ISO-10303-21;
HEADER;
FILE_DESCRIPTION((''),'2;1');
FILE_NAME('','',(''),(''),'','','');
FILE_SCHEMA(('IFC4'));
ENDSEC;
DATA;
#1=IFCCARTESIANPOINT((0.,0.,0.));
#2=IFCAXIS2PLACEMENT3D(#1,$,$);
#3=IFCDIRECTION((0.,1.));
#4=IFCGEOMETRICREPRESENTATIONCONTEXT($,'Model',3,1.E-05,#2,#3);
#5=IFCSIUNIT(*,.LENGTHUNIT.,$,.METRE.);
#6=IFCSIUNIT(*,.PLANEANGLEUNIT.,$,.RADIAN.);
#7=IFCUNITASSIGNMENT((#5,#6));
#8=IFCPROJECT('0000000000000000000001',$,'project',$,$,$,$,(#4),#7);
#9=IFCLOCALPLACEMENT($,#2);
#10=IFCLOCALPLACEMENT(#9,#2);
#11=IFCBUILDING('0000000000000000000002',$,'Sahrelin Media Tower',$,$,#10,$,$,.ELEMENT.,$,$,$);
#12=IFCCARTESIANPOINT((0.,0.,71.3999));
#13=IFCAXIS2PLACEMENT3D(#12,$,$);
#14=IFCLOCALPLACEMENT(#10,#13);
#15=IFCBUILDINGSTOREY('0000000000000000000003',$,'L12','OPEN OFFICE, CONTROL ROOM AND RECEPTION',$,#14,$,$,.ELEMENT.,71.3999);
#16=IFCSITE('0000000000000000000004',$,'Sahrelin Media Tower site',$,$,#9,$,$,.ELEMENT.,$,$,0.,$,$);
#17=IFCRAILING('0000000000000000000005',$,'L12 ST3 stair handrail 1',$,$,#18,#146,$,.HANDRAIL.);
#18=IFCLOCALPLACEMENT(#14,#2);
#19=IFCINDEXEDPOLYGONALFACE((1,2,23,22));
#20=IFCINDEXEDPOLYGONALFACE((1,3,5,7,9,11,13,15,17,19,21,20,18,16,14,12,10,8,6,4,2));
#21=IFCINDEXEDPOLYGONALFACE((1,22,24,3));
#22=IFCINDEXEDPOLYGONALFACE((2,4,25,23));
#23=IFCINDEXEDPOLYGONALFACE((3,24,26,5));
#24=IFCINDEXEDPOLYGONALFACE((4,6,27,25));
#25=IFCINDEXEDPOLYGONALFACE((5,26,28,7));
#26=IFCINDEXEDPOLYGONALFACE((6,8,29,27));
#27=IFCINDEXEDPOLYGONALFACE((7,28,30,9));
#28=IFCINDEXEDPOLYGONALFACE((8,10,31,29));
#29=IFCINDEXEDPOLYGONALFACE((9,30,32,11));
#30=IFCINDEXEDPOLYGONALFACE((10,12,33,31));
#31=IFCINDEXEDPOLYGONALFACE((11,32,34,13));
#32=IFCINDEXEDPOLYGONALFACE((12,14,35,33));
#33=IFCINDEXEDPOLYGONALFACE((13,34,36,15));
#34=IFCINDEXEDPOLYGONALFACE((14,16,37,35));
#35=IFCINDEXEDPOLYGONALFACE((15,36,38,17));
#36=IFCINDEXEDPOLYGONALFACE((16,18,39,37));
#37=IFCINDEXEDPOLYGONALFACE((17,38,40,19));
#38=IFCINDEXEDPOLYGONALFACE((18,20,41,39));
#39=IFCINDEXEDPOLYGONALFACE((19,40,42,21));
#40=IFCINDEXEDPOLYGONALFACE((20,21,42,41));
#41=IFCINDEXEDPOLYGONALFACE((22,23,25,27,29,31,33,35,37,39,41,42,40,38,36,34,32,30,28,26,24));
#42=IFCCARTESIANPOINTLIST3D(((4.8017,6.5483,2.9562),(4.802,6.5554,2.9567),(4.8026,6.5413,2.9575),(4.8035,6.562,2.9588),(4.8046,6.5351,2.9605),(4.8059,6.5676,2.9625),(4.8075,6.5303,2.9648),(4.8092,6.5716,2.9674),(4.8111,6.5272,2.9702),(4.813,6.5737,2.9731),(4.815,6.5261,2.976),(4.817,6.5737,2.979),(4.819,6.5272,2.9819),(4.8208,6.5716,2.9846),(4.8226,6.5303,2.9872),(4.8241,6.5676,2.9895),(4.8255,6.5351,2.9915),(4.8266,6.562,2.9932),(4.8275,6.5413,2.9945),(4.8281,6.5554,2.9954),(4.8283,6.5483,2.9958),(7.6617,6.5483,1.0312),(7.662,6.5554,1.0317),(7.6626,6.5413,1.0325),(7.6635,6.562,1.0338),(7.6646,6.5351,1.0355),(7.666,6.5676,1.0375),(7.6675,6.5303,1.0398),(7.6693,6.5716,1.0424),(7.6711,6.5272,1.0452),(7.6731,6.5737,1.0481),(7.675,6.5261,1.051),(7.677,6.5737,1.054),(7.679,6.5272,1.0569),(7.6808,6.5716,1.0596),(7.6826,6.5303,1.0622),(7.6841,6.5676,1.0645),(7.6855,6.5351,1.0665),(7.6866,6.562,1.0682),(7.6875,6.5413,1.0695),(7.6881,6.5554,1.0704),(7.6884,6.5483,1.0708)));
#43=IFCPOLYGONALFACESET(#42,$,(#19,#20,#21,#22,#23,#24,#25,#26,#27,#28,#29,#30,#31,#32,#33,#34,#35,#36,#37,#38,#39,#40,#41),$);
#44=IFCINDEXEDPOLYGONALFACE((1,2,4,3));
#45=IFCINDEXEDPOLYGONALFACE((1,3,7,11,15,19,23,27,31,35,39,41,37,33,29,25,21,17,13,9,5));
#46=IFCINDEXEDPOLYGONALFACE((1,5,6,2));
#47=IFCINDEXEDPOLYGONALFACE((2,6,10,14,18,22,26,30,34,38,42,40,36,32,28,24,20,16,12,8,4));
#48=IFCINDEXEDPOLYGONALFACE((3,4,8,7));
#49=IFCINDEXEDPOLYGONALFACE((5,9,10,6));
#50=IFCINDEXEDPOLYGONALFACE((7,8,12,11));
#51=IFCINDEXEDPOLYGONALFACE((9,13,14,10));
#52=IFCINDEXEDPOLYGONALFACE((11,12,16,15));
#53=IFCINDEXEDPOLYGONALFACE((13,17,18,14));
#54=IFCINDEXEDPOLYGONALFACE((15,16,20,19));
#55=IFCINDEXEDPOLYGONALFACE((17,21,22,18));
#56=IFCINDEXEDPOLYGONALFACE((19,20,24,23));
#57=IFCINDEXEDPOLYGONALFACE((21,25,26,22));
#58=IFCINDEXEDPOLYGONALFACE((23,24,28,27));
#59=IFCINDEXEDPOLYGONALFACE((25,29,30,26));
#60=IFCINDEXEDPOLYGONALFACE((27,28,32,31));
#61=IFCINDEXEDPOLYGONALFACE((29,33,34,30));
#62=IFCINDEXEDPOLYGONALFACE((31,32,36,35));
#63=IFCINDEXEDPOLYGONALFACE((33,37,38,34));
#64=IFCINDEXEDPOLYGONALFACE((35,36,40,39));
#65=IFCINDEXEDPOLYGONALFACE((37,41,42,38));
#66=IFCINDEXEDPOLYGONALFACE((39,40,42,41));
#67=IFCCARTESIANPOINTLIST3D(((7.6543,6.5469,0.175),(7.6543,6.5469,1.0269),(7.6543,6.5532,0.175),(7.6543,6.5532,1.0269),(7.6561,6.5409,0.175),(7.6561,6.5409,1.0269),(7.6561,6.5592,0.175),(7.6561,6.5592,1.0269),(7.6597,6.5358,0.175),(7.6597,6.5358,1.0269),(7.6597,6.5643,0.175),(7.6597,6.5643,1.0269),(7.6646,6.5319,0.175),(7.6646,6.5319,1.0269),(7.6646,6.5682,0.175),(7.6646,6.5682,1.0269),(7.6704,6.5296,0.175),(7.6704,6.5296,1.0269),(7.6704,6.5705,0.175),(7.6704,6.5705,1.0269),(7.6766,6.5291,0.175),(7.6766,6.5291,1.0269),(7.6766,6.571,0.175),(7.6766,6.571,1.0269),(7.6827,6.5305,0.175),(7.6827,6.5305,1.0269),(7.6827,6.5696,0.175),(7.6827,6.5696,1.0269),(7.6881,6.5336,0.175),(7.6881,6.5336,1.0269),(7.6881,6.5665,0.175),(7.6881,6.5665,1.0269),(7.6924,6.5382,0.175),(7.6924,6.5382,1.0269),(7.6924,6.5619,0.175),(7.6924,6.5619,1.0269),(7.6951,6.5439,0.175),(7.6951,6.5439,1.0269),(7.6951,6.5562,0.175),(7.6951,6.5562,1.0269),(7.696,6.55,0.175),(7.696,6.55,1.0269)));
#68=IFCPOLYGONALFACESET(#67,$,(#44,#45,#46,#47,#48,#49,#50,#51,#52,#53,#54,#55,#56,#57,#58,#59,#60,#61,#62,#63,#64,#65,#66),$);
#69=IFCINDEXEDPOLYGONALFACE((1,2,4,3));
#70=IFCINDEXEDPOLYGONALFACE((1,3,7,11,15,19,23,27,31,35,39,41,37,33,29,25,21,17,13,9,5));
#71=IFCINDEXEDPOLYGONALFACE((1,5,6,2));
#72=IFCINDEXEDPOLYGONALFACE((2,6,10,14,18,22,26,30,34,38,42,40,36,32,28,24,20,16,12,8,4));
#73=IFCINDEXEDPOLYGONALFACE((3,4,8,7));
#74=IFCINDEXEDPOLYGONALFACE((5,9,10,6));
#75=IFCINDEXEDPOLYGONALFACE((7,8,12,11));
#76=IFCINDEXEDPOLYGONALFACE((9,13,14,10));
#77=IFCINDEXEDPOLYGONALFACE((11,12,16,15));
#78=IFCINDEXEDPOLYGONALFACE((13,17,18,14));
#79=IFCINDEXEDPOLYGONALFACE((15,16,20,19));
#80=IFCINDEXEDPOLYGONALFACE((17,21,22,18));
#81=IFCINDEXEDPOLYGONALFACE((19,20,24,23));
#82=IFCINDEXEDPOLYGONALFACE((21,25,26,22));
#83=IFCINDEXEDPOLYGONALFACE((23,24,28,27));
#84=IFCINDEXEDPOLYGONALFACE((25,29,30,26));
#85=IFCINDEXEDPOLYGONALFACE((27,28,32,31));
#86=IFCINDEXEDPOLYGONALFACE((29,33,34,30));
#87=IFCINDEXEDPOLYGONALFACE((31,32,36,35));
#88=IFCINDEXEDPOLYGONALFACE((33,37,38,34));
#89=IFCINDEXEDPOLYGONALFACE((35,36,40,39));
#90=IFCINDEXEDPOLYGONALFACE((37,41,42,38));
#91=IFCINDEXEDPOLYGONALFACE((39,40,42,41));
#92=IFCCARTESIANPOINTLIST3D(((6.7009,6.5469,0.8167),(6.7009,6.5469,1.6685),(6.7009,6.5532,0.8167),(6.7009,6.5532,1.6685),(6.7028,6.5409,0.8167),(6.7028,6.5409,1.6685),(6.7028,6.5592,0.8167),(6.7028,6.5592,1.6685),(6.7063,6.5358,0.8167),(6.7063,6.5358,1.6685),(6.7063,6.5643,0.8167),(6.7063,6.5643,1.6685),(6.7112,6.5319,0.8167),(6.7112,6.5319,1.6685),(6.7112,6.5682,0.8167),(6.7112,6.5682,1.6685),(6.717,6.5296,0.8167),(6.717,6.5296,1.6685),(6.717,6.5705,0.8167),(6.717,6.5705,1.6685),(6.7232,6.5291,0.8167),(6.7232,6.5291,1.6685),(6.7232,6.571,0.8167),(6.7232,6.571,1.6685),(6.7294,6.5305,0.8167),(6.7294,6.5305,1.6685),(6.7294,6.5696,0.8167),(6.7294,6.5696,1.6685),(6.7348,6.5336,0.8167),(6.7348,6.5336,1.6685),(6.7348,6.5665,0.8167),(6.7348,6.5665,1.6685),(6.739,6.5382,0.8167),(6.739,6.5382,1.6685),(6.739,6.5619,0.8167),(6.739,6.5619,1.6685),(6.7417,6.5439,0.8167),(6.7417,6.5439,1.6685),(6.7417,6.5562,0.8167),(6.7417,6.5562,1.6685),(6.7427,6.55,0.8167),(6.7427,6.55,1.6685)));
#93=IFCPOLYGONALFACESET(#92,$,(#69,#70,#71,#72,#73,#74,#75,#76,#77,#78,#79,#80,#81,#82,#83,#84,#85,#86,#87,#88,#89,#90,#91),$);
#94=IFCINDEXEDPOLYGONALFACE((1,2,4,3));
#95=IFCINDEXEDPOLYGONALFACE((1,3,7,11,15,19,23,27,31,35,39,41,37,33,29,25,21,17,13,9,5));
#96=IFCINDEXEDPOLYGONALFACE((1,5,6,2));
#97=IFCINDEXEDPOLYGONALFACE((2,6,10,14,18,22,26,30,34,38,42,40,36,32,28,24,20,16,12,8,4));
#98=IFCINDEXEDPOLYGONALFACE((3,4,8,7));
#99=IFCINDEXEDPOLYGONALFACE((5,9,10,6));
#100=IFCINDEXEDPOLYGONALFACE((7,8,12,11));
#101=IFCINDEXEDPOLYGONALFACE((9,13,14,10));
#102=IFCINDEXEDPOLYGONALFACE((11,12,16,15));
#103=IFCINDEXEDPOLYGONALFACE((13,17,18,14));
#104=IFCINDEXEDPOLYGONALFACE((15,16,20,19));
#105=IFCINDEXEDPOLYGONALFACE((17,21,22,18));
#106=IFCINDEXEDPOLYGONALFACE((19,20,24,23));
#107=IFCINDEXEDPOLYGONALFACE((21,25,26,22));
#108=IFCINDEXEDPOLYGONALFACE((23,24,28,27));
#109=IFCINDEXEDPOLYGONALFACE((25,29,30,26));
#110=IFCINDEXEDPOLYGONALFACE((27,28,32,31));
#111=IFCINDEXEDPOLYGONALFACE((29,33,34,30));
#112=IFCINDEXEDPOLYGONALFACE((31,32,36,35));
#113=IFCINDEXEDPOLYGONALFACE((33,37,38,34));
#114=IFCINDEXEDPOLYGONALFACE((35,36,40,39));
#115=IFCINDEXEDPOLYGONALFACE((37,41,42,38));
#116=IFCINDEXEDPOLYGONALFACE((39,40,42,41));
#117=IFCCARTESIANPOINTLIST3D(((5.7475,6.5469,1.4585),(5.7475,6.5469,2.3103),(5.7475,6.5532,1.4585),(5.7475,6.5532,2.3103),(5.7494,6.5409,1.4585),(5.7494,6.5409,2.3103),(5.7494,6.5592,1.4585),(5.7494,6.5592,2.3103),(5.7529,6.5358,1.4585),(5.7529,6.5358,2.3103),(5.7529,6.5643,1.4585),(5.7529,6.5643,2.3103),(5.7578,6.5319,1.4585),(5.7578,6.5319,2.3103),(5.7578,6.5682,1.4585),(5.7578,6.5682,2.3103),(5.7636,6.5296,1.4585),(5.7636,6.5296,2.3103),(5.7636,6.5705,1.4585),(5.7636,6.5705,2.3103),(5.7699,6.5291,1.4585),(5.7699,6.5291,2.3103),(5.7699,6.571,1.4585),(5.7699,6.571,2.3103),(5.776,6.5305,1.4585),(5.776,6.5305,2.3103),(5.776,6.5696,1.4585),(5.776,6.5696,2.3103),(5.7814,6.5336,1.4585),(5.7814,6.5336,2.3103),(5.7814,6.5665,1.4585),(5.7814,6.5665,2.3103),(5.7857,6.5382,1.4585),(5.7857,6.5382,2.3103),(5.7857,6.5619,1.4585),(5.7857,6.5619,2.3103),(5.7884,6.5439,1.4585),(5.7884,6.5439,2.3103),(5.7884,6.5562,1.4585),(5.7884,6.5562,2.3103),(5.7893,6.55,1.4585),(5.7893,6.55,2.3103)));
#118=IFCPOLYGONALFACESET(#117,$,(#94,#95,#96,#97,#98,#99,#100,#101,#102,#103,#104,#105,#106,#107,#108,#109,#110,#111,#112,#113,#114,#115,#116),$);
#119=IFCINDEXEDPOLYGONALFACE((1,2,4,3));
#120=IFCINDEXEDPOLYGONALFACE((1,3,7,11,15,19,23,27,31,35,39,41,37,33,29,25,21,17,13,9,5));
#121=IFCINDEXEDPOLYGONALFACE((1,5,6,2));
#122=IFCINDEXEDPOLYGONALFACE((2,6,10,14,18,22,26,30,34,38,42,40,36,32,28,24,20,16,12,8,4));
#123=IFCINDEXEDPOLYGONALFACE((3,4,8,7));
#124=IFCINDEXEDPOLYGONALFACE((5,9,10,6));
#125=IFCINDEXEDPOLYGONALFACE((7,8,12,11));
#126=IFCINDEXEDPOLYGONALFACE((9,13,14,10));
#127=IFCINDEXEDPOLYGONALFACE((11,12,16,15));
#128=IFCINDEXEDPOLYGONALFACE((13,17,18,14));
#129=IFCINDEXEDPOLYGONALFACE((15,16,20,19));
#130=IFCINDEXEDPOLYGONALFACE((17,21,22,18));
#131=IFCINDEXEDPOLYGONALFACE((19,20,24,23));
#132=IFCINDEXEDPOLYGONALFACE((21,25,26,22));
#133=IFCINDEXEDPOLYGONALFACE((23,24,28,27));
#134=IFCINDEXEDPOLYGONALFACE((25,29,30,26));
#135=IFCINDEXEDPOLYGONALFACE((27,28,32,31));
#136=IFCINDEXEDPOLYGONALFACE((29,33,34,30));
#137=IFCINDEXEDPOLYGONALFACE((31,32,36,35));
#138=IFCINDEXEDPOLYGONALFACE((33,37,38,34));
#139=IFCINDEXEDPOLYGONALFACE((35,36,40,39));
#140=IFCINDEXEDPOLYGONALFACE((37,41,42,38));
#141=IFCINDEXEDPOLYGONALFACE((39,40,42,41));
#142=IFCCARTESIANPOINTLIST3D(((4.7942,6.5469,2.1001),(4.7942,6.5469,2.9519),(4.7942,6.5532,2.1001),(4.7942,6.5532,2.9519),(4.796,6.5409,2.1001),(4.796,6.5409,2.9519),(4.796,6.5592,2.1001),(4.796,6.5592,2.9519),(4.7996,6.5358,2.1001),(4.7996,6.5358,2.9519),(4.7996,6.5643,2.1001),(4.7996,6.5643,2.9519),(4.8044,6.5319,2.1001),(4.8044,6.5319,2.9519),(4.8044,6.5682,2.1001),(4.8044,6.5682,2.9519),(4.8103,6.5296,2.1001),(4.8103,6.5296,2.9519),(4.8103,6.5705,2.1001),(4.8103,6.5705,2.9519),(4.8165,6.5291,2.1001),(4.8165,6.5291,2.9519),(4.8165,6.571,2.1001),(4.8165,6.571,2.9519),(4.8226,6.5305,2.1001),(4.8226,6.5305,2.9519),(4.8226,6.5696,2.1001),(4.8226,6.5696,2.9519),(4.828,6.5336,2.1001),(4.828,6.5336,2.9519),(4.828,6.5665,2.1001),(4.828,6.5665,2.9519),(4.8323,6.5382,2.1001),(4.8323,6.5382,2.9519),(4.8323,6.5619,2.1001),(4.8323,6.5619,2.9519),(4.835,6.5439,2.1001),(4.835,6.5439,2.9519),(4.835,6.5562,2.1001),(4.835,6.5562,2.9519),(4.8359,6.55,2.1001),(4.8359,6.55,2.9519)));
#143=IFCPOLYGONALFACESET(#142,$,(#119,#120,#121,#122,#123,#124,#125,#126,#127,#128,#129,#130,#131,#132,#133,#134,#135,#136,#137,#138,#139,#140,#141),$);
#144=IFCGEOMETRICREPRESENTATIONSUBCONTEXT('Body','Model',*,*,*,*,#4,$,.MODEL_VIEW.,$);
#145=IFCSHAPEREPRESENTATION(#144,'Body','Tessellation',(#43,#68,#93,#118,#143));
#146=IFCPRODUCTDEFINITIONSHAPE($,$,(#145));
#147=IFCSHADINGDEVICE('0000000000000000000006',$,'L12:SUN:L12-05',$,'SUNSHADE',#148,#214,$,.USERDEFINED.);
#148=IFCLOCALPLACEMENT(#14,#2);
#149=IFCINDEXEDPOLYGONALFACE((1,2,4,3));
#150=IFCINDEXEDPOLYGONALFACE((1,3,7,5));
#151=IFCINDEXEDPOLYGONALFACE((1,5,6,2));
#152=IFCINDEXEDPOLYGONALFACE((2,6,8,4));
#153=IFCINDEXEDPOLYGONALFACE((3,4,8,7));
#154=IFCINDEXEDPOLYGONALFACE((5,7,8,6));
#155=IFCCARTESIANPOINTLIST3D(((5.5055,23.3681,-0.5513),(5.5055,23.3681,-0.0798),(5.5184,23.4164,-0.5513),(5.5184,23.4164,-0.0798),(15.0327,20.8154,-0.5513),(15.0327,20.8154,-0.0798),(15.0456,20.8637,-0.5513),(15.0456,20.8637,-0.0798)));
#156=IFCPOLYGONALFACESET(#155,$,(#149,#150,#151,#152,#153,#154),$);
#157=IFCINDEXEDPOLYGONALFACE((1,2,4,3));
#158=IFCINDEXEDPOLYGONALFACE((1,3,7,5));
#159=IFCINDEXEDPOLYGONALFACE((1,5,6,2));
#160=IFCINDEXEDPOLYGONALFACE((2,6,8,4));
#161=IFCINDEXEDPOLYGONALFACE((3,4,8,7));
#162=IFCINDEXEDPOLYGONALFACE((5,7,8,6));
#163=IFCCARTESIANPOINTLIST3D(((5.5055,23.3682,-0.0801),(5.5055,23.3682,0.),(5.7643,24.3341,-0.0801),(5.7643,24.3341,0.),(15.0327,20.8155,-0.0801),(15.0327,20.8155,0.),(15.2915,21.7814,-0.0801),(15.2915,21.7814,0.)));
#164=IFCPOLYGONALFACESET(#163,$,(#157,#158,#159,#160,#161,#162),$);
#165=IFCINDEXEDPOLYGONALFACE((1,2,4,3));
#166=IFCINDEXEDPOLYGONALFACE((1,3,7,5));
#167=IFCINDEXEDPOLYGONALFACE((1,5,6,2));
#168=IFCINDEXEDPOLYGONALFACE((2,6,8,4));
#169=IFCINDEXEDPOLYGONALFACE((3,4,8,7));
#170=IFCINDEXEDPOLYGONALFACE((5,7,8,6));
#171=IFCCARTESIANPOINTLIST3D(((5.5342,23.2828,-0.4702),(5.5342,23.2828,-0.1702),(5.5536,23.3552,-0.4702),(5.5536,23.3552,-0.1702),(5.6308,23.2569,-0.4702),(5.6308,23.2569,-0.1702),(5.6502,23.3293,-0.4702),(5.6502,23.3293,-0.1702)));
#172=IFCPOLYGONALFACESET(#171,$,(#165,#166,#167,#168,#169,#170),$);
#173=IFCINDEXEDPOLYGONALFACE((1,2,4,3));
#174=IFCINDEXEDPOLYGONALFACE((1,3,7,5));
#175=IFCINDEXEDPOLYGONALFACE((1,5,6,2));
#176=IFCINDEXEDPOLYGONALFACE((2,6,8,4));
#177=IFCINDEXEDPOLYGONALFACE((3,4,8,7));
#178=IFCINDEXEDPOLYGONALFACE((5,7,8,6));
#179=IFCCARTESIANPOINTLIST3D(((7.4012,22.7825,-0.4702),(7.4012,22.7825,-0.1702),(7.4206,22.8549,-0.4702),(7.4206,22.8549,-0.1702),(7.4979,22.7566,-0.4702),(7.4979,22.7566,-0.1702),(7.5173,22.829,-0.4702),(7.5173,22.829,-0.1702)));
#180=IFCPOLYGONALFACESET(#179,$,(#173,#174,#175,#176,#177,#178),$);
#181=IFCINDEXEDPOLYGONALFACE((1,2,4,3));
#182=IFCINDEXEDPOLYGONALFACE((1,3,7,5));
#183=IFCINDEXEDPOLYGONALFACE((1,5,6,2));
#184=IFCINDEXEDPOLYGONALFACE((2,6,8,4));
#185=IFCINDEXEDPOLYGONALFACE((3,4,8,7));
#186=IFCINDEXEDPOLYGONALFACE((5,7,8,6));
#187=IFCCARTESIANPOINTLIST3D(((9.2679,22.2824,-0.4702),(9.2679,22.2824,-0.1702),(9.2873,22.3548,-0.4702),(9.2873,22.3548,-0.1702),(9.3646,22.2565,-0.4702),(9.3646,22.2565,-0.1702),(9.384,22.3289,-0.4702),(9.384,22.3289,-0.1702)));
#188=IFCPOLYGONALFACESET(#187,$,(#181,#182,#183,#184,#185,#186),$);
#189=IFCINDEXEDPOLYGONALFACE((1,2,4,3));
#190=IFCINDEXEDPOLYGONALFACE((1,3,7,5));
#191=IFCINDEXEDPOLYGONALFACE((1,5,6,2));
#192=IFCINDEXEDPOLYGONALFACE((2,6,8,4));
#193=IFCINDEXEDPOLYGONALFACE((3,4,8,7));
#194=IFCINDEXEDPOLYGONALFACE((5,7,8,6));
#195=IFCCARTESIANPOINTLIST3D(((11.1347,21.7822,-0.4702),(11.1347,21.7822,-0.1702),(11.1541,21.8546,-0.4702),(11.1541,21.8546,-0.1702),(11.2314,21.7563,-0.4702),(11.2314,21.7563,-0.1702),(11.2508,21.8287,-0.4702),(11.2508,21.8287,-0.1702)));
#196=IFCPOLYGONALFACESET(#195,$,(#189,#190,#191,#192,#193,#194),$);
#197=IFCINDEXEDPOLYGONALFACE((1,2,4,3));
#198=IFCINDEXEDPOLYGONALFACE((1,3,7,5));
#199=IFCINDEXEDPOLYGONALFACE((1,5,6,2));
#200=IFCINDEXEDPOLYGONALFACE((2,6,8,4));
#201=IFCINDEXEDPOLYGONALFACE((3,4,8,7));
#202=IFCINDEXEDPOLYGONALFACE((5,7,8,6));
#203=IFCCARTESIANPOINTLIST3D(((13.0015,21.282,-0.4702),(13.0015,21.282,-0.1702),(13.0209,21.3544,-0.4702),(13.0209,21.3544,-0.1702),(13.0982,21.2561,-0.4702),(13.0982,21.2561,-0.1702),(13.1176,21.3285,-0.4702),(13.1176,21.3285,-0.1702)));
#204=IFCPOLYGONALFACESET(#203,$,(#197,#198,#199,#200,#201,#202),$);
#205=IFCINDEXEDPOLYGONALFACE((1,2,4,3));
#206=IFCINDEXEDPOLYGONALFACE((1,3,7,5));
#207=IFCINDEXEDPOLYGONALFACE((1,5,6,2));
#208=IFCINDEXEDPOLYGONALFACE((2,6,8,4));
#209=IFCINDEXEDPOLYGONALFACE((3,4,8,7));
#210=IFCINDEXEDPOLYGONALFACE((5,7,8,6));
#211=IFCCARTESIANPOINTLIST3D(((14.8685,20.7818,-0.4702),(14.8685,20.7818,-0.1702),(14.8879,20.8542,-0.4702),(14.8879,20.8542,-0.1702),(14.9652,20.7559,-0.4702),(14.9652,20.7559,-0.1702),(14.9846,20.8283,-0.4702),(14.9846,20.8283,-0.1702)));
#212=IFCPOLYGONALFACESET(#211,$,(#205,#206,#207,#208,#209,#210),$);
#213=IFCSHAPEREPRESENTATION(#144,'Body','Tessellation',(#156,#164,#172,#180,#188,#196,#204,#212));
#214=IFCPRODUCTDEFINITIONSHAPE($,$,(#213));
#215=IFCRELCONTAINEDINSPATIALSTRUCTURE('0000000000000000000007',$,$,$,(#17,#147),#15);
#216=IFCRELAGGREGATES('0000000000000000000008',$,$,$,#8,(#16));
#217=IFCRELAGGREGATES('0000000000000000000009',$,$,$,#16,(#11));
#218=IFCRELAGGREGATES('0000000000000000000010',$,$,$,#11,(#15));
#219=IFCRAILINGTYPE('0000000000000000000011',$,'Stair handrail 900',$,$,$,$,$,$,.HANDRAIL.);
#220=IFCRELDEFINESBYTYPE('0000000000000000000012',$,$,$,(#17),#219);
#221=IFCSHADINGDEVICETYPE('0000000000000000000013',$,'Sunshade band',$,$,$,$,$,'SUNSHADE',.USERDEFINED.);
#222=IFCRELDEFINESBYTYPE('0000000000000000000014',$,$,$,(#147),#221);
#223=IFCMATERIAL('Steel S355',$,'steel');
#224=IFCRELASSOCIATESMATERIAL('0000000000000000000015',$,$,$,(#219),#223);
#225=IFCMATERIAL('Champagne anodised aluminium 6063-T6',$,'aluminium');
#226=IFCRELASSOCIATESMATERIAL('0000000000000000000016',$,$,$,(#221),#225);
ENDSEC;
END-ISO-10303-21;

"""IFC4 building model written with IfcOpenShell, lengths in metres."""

from ifc_helpers import new_model, si_unit, direction, frame, origin, origin_2d, place, context, subcontext, project, spatial, rectangle, circle, extrude, material, type_object, element, save


model = new_model("IFC4")

# Units and contexts
model_context = context("Model", 3, precision=1e-05, world=origin(), true_north=direction((0.0, 1.0)))
body_context = subcontext(model_context, "Body", "Model", "MODEL_VIEW")
ifc_project = project(units=[si_unit("LENGTHUNIT", "METRE"), si_unit("PLANEANGLEUNIT", "RADIAN")], contexts=[model_context])

# Site, building, storey
site_placement = place(None, origin())
site = spatial("IfcSite", under=ifc_project, at=site_placement, Name="Sahrelin Media Tower site", CompositionType="ELEMENT", RefElevation=0.0)
building_placement = place(site_placement, origin())
building = spatial("IfcBuilding", under=site, at=building_placement, Name="Sahrelin Media Tower", CompositionType="ELEMENT")
storey_placement = place(building_placement, frame((0.0, 0.0, 71.3999)))
storey = spatial("IfcBuildingStorey", under=building, at=storey_placement, Name="L12", Description="OPEN OFFICE, CONTROL ROOM AND RECEPTION", CompositionType="ELEMENT", Elevation=71.3999)

# Shared definitions
ifc_material_1 = material(Name="Steel S355", Category="steel")

# Shared definitions
ifc_material_2 = material(Name="Champagne anodised aluminium 6063-T6", Category="aluminium")

# Shared definitions
placement_1 = place(storey_placement, frame((10.2639, 22.0725, 0.0), z_axis=(0.0, 0.0, 1.0), x_axis=(0.965929, -0.258808, 0.0)))

# Railing
railing_type_1 = type_object("IfcRailingType", Name="Stair handrail 900", PredefinedType="HANDRAIL", material=ifc_material_1)
railing_1_placement = place(storey_placement, frame((7.675, 6.55, 0.175)))
element("IfcRailing", 1, at=railing_1_placement, inside=storey, type_object=railing_type_1, Name="L12 ST3 stair handrail 1", PredefinedType="HANDRAIL", context=body_context, shape_type="SweptSolid", body=[
    extrude(circle(Radius=0.0239, at=origin_2d()), frame((0.0, 0.0, 0.876), z_axis=(-0.829591, 0.0, 0.558372), x_axis=(0.0, -1.0, 0.0)), (0.0, 0.0, 1.0), 3.4475),
    extrude(circle(Radius=0.021, at=origin_2d()), origin(), (0.0, 0.0, 1.0), 0.8518),
    extrude(circle(Radius=0.021, at=origin_2d()), frame((-0.9534, 0.0, 0.6416)), (0.0, 0.0, 1.0), 0.8518),
    extrude(circle(Radius=0.021, at=origin_2d()), frame((-1.9067, 0.0, 1.2834)), (0.0, 0.0, 1.0), 0.8518),
    extrude(circle(Radius=0.021, at=origin_2d()), frame((-2.8601, 0.0, 1.925)), (0.0, 0.0, 1.0), 0.8518),
])

# Shading device
shading_device_type_1 = type_object("IfcShadingDeviceType", Name="Sunshade band", ElementType="SUNSHADE", PredefinedType="USERDEFINED", material=ifc_material_2)
element("IfcShadingDevice", 2, at=placement_1, inside=storey, type_object=shading_device_type_1, Name="L12:SUN:L12-05", ObjectType="SUNSHADE", PredefinedType="USERDEFINED", context=body_context, shape_type="SweptSolid", body=[
    extrude(rectangle(XDim=9.8633, YDim=0.05, at=origin_2d()), frame((0.0, 0.0449, -0.5513)), (0.0, 0.0, 1.0), 0.4714),
    extrude(rectangle(XDim=9.8633, YDim=1.0, at=origin_2d()), frame((0.0, 0.52, -0.0801)), (0.0, 0.0, 1.0), 0.0801),
    extrude(rectangle(XDim=0.1001, YDim=0.075, at=origin_2d()), frame((-4.8318, -0.0176, -0.4702)), (0.0, 0.0, 1.0), 0.3),
    extrude(rectangle(XDim=0.1001, YDim=0.075, at=origin_2d()), frame((-2.8989, -0.0176, -0.4702)), (0.0, 0.0, 1.0), 0.3),
    extrude(rectangle(XDim=0.1001, YDim=0.075, at=origin_2d()), frame((-0.9663, -0.0176, -0.4702)), (0.0, 0.0, 1.0), 0.3),
    extrude(rectangle(XDim=0.1001, YDim=0.075, at=origin_2d()), frame((0.9663, -0.0176, -0.4702)), (0.0, 0.0, 1.0), 0.3),
    extrude(rectangle(XDim=0.1001, YDim=0.075, at=origin_2d()), frame((2.8989, -0.0176, -0.4702)), (0.0, 0.0, 1.0), 0.3),
    extrude(rectangle(XDim=0.1001, YDim=0.075, at=origin_2d()), frame((4.8318, -0.0176, -0.4702)), (0.0, 0.0, 1.0), 0.3),
])

save(model, "model.ifc")
